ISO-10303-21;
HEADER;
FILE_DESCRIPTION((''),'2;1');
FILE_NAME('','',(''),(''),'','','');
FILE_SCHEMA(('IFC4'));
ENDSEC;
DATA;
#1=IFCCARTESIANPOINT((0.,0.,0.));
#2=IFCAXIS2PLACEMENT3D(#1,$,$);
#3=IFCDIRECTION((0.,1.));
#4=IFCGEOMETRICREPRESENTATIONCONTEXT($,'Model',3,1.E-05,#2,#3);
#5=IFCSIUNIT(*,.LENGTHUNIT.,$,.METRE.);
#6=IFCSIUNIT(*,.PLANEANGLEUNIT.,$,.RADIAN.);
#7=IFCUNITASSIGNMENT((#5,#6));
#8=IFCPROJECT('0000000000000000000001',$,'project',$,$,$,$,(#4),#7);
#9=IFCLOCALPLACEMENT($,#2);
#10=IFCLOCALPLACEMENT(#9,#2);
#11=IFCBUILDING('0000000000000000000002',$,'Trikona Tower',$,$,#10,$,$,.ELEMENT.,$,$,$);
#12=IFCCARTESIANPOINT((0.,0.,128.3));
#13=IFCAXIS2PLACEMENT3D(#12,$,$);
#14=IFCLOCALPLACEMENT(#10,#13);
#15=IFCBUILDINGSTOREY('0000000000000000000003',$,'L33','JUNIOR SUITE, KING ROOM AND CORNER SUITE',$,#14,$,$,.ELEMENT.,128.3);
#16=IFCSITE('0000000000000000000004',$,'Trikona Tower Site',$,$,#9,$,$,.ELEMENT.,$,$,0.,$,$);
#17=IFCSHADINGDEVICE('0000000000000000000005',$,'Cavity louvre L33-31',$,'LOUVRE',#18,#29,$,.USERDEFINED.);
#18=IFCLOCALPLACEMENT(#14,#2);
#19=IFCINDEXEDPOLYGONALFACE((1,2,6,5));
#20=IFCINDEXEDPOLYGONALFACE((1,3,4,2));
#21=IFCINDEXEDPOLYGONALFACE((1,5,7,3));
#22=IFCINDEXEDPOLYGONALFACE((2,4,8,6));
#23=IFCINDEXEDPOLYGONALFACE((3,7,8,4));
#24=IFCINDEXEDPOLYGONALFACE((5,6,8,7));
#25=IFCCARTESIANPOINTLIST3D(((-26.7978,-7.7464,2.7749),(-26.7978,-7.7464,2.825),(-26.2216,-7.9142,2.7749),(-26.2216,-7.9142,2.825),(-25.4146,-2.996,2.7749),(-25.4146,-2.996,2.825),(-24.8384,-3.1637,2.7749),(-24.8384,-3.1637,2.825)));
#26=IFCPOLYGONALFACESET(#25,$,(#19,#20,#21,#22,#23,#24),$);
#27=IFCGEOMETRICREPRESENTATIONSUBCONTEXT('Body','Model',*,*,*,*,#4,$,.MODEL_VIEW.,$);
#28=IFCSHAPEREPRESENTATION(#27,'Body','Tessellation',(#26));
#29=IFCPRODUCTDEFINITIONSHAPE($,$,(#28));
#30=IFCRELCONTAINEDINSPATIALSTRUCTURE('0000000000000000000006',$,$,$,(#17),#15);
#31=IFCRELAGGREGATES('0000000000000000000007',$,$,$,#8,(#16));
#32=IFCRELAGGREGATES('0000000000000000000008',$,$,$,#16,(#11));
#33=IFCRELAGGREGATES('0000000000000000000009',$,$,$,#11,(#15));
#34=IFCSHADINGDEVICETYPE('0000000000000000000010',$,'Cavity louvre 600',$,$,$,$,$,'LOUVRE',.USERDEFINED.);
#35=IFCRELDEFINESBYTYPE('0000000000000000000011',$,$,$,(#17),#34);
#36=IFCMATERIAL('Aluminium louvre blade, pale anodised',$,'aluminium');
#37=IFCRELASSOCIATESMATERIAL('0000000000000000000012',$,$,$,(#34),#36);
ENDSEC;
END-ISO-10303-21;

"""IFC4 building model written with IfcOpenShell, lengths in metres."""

from ifc_helpers import new_model, si_unit, direction, frame, origin, origin_2d, place, context, subcontext, project, spatial, rectangle, extrude, material, type_object, element, save


model = new_model("IFC4")

# Units and contexts
model_context = context("Model", 3, precision=1e-05, world=origin(), true_north=direction((0.0, 1.0)))
body_context = subcontext(model_context, "Body", "Model", "MODEL_VIEW")
ifc_project = project(units=[si_unit("LENGTHUNIT", "METRE"), si_unit("PLANEANGLEUNIT", "RADIAN")], contexts=[model_context])

# Site, building, storey
site_placement = place(None, origin())
site = spatial("IfcSite", under=ifc_project, at=site_placement, Name="Trikona Tower Site", CompositionType="ELEMENT", RefElevation=0.0)
building_placement = place(site_placement, origin())
building = spatial("IfcBuilding", under=site, at=building_placement, Name="Trikona Tower", CompositionType="ELEMENT")
storey_placement = place(building_placement, frame((0.0, 0.0, 128.3)))
storey = spatial("IfcBuildingStorey", under=building, at=storey_placement, Name="L33", Description="JUNIOR SUITE, KING ROOM AND CORNER SUITE", CompositionType="ELEMENT", Elevation=128.3)

# Shading device
ifc_material_1 = material(Name="Aluminium louvre blade, pale anodised", Category="aluminium")
shading_device_type = type_object("IfcShadingDeviceType", Name="Cavity louvre 600", ElementType="LOUVRE", PredefinedType="USERDEFINED", material=ifc_material_1)
shading_device_1_placement = place(storey_placement, frame((-25.8181, -5.4551, 2.7749), z_axis=(0.0, 0.0, 1.0), x_axis=(-0.279554, -0.96013, 0.0)))
element("IfcShadingDevice", 1, at=shading_device_1_placement, inside=storey, type_object=shading_device_type, Name="Cavity louvre L33-31", ObjectType="LOUVRE", PredefinedType="USERDEFINED", context=body_context, shape_type="SweptSolid", body=[
    extrude(rectangle(XDim=4.9478, YDim=0.6001, at=origin_2d()), origin(), (0.0, 0.0, 1.0), 0.05),
])

save(model, "model.ifc")
